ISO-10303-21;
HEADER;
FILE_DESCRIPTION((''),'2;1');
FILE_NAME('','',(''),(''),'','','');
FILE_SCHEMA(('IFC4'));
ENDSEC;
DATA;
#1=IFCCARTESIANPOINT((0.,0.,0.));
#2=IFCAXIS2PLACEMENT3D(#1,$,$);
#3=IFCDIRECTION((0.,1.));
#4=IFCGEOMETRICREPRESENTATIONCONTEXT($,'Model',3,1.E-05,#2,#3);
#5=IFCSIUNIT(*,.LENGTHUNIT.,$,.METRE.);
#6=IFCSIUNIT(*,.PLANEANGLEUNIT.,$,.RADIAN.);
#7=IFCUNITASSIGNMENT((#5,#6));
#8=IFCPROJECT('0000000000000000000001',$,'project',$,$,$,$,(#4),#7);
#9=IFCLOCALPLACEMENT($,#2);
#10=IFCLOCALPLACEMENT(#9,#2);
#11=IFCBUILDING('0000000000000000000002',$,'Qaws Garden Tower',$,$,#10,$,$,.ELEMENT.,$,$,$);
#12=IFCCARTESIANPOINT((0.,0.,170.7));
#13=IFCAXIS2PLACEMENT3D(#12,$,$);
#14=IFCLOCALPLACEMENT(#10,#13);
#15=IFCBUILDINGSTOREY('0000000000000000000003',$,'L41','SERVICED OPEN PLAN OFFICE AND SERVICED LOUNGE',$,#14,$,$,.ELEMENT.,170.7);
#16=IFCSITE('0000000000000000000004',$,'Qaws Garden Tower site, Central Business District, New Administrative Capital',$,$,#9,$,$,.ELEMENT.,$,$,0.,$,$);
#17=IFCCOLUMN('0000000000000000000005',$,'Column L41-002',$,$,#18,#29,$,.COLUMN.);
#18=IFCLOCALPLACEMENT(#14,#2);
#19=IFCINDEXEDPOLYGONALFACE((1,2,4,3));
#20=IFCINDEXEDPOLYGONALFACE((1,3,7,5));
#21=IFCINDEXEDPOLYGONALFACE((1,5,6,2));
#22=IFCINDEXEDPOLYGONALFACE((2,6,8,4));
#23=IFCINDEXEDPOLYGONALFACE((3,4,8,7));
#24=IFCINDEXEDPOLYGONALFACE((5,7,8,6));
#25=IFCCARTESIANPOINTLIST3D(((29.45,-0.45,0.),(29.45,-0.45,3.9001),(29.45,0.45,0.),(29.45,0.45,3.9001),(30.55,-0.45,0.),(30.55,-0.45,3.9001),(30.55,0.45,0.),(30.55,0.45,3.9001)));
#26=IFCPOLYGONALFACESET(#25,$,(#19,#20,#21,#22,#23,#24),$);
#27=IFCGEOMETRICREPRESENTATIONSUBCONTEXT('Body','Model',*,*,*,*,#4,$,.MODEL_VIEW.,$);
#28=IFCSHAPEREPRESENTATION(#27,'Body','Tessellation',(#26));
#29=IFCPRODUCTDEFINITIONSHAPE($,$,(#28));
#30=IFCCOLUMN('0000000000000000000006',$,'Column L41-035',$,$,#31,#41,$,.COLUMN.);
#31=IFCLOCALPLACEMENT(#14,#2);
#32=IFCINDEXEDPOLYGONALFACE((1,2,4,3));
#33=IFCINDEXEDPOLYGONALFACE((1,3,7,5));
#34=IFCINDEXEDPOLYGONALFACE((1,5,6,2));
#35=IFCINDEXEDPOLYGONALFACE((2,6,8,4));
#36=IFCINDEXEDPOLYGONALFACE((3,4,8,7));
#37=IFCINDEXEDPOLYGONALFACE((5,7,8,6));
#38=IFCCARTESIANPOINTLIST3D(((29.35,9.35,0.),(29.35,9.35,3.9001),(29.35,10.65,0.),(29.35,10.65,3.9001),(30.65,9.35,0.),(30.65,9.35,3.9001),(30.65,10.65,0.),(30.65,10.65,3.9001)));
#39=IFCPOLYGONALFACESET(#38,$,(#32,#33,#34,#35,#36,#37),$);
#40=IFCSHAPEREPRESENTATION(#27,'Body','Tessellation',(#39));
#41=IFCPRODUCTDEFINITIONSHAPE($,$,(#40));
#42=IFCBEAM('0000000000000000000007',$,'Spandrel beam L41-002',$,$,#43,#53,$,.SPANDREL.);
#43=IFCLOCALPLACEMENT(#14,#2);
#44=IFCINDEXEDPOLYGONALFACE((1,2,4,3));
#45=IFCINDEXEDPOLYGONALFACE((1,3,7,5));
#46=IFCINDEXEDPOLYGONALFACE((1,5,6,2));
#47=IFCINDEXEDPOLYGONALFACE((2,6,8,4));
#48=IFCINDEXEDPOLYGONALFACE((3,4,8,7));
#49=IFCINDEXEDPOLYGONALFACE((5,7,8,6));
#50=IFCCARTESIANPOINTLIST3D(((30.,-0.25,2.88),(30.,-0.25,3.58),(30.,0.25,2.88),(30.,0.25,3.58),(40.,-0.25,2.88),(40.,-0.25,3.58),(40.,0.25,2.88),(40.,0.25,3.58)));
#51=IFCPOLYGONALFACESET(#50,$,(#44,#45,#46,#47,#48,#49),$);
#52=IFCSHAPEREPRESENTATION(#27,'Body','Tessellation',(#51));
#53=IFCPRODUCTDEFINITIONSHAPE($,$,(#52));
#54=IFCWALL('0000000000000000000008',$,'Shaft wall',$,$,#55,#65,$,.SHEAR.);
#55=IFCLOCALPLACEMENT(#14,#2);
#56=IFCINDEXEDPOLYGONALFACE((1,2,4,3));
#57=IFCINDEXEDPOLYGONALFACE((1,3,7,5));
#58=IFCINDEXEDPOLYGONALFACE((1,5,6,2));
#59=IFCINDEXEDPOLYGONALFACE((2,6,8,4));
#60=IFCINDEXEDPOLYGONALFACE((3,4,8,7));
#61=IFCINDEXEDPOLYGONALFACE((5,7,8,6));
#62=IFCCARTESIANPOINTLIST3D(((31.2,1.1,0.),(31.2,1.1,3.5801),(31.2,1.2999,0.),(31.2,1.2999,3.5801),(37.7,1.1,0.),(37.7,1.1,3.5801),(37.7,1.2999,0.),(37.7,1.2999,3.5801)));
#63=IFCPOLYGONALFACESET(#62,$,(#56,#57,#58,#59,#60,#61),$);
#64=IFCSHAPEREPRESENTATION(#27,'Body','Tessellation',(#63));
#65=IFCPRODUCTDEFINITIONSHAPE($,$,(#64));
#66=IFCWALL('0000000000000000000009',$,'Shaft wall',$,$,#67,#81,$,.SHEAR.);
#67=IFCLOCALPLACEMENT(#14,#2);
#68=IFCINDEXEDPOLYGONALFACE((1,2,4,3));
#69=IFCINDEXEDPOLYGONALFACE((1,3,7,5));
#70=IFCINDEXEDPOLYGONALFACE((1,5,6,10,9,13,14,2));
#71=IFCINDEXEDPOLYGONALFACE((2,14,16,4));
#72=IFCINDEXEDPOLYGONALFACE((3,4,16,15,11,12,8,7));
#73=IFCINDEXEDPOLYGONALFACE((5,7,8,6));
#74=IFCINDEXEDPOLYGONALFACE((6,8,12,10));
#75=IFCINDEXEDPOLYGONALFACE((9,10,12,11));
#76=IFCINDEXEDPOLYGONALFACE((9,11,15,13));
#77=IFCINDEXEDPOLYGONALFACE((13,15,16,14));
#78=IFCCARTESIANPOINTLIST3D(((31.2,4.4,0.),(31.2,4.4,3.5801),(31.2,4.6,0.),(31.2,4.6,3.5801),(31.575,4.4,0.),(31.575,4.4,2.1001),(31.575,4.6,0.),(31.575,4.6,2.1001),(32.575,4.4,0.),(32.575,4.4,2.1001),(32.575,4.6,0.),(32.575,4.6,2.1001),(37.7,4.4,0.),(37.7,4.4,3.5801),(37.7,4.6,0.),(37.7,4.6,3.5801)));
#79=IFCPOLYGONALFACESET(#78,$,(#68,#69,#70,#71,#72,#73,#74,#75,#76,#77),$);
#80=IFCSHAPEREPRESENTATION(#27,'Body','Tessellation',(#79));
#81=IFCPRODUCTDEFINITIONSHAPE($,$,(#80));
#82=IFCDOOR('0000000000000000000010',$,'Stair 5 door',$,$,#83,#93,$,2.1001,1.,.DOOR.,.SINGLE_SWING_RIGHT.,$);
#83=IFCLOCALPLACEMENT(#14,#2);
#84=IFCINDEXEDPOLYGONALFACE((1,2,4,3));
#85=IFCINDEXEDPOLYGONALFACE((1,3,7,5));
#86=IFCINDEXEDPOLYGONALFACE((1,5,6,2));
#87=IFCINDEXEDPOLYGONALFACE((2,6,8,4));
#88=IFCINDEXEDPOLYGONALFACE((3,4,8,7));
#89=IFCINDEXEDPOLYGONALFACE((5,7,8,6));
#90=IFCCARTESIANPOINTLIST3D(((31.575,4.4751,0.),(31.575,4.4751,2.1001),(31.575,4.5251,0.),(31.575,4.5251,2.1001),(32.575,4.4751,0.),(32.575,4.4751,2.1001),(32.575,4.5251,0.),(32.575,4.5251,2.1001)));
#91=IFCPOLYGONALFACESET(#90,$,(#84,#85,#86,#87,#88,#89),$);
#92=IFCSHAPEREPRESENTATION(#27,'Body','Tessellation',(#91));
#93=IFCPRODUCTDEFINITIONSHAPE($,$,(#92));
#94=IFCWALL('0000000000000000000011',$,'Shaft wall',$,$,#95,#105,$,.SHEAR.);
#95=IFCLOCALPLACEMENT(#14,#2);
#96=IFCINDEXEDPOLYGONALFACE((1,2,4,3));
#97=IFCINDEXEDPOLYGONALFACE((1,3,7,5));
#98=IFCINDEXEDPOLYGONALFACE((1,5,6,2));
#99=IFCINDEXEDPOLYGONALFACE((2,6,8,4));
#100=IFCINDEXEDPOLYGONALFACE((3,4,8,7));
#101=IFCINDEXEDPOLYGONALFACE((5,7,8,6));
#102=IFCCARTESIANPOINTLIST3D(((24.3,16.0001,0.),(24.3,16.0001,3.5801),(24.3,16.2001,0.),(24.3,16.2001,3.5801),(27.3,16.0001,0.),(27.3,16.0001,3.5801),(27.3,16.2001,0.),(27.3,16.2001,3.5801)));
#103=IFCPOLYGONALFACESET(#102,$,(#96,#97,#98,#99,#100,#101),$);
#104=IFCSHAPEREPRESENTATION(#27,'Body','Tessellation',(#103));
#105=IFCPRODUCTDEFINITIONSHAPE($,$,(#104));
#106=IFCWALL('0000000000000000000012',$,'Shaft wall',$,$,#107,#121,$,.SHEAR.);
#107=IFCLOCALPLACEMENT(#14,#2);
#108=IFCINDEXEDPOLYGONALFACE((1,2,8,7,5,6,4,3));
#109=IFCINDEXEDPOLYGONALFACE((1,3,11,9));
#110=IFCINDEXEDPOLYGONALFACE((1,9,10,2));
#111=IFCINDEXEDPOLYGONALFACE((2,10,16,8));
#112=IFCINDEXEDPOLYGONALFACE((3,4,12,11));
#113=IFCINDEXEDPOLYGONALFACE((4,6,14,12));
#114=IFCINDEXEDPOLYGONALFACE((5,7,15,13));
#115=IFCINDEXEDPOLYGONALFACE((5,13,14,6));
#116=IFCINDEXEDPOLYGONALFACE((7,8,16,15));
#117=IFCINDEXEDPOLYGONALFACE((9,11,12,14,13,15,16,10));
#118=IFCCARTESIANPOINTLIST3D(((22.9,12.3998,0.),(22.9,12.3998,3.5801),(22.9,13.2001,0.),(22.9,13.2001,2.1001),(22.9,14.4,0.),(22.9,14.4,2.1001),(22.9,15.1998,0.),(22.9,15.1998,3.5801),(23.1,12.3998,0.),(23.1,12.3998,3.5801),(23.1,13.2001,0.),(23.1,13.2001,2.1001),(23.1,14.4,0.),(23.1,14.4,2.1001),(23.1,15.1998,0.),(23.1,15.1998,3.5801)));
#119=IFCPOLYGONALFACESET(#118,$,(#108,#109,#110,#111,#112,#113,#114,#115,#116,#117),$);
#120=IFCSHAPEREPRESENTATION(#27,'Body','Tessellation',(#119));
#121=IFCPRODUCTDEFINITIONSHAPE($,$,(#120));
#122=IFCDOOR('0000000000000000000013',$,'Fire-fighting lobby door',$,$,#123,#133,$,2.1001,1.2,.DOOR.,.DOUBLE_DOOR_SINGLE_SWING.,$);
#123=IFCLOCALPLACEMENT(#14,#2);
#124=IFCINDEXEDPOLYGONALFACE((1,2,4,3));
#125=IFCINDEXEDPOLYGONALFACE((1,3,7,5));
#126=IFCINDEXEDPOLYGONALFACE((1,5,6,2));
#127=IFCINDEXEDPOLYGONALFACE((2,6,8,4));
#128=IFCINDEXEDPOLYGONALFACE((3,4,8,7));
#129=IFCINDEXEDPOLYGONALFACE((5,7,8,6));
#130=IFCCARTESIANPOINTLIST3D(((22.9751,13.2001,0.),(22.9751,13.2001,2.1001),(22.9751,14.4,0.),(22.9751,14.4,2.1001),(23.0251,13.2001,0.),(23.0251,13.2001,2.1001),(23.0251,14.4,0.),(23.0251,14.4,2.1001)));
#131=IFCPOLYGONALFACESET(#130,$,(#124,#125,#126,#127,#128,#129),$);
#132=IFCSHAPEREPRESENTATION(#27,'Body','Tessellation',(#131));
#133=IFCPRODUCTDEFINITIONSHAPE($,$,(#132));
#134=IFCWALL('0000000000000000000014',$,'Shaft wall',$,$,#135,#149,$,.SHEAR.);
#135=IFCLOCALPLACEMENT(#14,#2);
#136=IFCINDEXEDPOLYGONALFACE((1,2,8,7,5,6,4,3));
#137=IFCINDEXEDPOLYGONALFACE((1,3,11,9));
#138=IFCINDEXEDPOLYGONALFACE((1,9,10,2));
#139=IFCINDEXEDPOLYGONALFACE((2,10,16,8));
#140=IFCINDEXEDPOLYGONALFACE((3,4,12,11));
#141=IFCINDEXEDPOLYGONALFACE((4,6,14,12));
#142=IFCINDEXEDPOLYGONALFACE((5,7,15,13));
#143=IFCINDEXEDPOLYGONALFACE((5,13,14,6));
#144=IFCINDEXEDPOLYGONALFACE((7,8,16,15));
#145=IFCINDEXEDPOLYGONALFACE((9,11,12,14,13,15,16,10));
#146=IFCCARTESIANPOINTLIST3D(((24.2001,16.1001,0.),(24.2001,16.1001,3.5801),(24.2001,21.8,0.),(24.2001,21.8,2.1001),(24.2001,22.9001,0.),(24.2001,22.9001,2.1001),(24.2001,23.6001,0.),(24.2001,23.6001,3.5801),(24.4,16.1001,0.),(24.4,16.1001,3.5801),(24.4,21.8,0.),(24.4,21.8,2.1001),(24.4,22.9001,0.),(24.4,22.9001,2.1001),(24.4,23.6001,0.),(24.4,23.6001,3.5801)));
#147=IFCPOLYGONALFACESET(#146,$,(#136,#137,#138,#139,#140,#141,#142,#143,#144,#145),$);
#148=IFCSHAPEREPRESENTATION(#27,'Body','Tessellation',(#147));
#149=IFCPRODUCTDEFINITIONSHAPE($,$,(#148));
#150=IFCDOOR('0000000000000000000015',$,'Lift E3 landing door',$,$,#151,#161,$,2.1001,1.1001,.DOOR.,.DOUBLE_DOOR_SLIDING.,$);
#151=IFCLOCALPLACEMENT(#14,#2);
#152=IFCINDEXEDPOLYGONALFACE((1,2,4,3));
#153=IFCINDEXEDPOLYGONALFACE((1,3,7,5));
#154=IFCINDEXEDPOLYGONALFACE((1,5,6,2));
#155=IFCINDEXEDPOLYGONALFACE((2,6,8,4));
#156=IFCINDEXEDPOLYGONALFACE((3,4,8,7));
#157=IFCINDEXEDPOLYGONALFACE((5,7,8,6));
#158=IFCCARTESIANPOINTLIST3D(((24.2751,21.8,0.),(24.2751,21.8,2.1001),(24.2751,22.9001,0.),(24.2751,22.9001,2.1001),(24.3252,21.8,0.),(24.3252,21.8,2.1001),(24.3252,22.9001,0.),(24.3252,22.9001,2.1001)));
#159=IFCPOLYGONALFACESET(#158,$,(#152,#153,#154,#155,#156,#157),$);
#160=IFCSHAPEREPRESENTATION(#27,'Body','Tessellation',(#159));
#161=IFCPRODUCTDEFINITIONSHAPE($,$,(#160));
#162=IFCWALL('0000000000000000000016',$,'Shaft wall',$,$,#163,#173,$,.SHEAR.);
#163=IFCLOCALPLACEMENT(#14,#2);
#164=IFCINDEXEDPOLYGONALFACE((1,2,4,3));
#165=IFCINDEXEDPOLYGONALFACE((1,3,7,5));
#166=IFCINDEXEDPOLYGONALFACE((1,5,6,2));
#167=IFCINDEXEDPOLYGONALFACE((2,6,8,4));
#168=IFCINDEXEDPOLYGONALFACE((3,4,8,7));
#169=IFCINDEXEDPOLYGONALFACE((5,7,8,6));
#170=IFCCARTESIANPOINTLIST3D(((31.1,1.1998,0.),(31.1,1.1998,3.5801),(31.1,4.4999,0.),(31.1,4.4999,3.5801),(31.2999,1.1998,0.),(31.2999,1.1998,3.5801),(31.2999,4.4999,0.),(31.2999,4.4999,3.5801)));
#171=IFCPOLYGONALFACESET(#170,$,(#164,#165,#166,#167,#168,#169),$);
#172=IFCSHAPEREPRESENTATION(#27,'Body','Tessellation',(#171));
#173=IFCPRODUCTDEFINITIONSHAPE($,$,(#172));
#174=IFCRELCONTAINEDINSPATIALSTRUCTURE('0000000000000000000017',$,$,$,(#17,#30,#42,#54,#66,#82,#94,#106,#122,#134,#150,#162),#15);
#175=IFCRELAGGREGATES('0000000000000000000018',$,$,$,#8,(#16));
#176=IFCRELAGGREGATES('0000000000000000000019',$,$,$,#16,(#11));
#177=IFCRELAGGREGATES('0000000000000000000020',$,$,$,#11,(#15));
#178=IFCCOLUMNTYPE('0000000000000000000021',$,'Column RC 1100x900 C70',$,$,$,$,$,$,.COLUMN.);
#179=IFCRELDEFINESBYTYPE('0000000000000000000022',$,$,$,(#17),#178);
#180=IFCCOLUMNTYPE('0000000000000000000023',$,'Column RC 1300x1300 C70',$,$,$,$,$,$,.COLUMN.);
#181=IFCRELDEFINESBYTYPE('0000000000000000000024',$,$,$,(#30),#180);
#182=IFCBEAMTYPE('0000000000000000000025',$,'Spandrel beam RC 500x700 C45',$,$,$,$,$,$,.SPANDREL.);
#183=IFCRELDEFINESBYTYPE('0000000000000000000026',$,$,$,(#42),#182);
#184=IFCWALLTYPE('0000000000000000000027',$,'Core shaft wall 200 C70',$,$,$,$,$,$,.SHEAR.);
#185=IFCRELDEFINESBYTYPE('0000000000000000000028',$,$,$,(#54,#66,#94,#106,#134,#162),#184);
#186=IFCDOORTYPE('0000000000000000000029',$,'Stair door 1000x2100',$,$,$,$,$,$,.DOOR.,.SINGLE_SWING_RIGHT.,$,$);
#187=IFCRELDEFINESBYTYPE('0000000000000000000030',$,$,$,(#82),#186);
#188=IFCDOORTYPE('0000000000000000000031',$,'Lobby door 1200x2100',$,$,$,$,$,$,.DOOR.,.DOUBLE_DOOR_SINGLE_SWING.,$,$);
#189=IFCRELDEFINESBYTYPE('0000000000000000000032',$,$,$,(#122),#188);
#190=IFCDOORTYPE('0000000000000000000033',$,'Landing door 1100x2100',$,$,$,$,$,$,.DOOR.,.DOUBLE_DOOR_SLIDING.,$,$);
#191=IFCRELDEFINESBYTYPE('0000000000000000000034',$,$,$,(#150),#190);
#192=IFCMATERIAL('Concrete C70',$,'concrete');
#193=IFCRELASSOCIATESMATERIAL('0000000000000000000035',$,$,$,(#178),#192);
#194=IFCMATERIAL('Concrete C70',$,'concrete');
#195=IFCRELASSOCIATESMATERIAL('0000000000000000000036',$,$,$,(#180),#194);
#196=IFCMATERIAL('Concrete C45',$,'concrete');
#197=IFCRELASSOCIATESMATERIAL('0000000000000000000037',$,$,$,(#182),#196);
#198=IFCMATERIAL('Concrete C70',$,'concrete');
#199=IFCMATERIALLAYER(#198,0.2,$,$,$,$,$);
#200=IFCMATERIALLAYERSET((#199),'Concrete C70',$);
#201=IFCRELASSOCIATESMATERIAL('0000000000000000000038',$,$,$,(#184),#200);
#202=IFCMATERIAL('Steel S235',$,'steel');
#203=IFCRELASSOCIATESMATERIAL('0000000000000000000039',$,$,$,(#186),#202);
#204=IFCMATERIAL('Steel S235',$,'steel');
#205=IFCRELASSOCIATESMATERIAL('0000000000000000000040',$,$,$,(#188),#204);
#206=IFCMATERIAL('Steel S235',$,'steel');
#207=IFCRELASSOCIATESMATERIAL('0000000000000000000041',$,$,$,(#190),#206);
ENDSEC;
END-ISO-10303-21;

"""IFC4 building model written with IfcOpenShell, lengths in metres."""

from ifc_helpers import new_model, si_unit, direction, frame, frame_2d, origin, origin_2d, place, context, subcontext, project, spatial, rectangle, extrude, material, layer, layer_set, material_profile, profile_set, type_object, element, fill, save


model = new_model("IFC4")

# Units and contexts
model_context = context("Model", 3, precision=1e-05, world=origin(), true_north=direction((0.0, 1.0)))
body_context = subcontext(model_context, "Body", "Model", "MODEL_VIEW")
ifc_project = project(units=[si_unit("LENGTHUNIT", "METRE"), si_unit("PLANEANGLEUNIT", "RADIAN")], contexts=[model_context])

# Site, building, storey
site_placement = place(None, origin())
site = spatial("IfcSite", under=ifc_project, at=site_placement, Name="Qaws Garden Tower site, Central Business District, New Administrative Capital", CompositionType="ELEMENT", RefElevation=0.0)
building_placement = place(site_placement, origin())
building = spatial("IfcBuilding", under=site, at=building_placement, Name="Qaws Garden Tower", CompositionType="ELEMENT")
storey_placement = place(building_placement, frame((0.0, 0.0, 170.7)))
storey = spatial("IfcBuildingStorey", under=building, at=storey_placement, Name="L41", Description="SERVICED OPEN PLAN OFFICE AND SERVICED LOUNGE", CompositionType="ELEMENT", Elevation=170.7)

# Columns
ifc_material_1 = material(Name="Concrete C70", Category="concrete")
ifc_material_profile_1 = material_profile(ifc_material_1, rectangle(XDim=1.1001, YDim=0.8999, at=origin_2d()), Name="RC 1100x900")
ifc_profile_set_1 = profile_set([ifc_material_profile_1], Name="Concrete C70")
column_type_1 = type_object("IfcColumnType", Name="Column RC 1100x900 C70", PredefinedType="COLUMN", material=ifc_profile_set_1)
column_1_placement = place(storey_placement, frame((30.0, 0.0, 0.0), z_axis=(0.0, 0.0, 1.0), x_axis=(1.0, 0.0, 0.0)))
element("IfcColumn", 1, at=column_1_placement, inside=storey, type_object=column_type_1, Name="Column L41-002", PredefinedType="COLUMN", context=body_context, shape_type="SweptSolid", body=[
    extrude(rectangle(XDim=1.1001, YDim=0.8999, at=origin_2d()), origin(), (0.0, 0.0, 1.0), 3.9001),
])
ifc_material_2 = material(Name="Concrete C70", Category="concrete")
ifc_material_profile_2 = material_profile(ifc_material_2, rectangle(XDim=1.3, YDim=1.3, at=origin_2d()), Name="RC 1300x1300")
ifc_profile_set_2 = profile_set([ifc_material_profile_2], Name="Concrete C70")
column_type_2 = type_object("IfcColumnType", Name="Column RC 1300x1300 C70", PredefinedType="COLUMN", material=ifc_profile_set_2)
column_2_placement = place(storey_placement, frame((30.0, 10.0, 0.0), z_axis=(0.0, 0.0, 1.0), x_axis=(1.0, 0.0, 0.0)))
element("IfcColumn", 2, at=column_2_placement, inside=storey, type_object=column_type_2, Name="Column L41-035", PredefinedType="COLUMN", context=body_context, shape_type="SweptSolid", body=[
    extrude(rectangle(XDim=1.3, YDim=1.3, at=origin_2d()), origin(), (0.0, 0.0, 1.0), 3.9001),
])

# Beam
ifc_material_3 = material(Name="Concrete C45", Category="concrete")
ifc_material_profile_3 = material_profile(ifc_material_3, rectangle(XDim=0.5, YDim=0.7, at=origin_2d()), Name="RC 500x700")
ifc_profile_set_3 = profile_set([ifc_material_profile_3], Name="Concrete C45")
beam_type = type_object("IfcBeamType", Name="Spandrel beam RC 500x700 C45", PredefinedType="SPANDREL", material=ifc_profile_set_3)
beam_placement = place(storey_placement, frame((30.0, 0.0, 3.23), z_axis=(1.0, 0.0, 0.0), x_axis=(0.0, 1.0, 0.0)))
element("IfcBeam", 3, at=beam_placement, inside=storey, type_object=beam_type, Name="Spandrel beam L41-002", PredefinedType="SPANDREL", context=body_context, shape_type="SweptSolid", body=[
    extrude(rectangle(XDim=0.5, YDim=0.7, at=origin_2d()), origin(), (0.0, 0.0, 1.0), 10.0),
])

# Wall
ifc_material_4 = material(Name="Concrete C70", Category="concrete")
ifc_layer_1 = layer(ifc_material_4, 0.2)
ifc_layer_set_1 = layer_set([ifc_layer_1], Name="Concrete C70")
wall_type_1 = type_object("IfcWallType", Name="Core shaft wall 200 C70", PredefinedType="SHEAR", material=ifc_layer_set_1)
wall_1_placement = place(storey_placement, frame((31.2, 1.2, 0.0), z_axis=(0.0, 0.0, 1.0), x_axis=(1.0, 0.0, 0.0)))
element("IfcWall", 4, at=wall_1_placement, inside=storey, type_object=wall_type_1, Name="Shaft wall", PredefinedType="SHEAR", context=body_context, shape_type="SweptSolid", body=[
    extrude(rectangle(XDim=6.5, YDim=0.2, at=frame_2d((3.25, 0.0))), origin(), (0.0, 0.0, 1.0), 3.5801),
])

# Wall, opening, door
wall_2_placement = place(storey_placement, frame((31.2, 4.5, 0.0), z_axis=(0.0, 0.0, 1.0), x_axis=(1.0, 0.0, 0.0)))
wall_2 = element("IfcWall", 5, at=wall_2_placement, inside=storey, type_object=wall_type_1, Name="Shaft wall", PredefinedType="SHEAR", context=body_context, shape_type="SweptSolid", body=[
    extrude(rectangle(XDim=6.5, YDim=0.2, at=frame_2d((3.25, 0.0))), origin(), (0.0, 0.0, 1.0), 3.5801),
])
opening_1_placement = place(wall_2_placement, frame((0.375, 0.0, 0.0)))
opening_1 = element("IfcOpeningElement", 6, at=opening_1_placement, cuts=wall_2, PredefinedType="OPENING", context=body_context, shape_type="SweptSolid", body=[
    extrude(rectangle(XDim=1.0, YDim=2.1001, at=frame_2d((0.5, 1.05))), frame((0.0, 0.1099, 0.0), z_axis=(0.0, -1.0, 0.0), x_axis=(1.0, 0.0, 0.0)), (0.0, 0.0, 1.0), 0.22),
])
ifc_material_5 = material(Name="Steel S235", Category="steel")
door_type_1 = type_object("IfcDoorType", Name="Stair door 1000x2100", OperationType="SINGLE_SWING_RIGHT", PredefinedType="DOOR", material=ifc_material_5)
door_1_placement = place(opening_1_placement, frame((1.0, 0.0, 0.0), z_axis=(0.0, 0.0, 1.0), x_axis=(-1.0, 0.0, 0.0)))
door_1 = element("IfcDoor", 7, at=door_1_placement, inside=storey, type_object=door_type_1, Name="Stair 5 door", OperationType="SINGLE_SWING_RIGHT", OverallHeight=2.1001, OverallWidth=1.0, PredefinedType="DOOR", context=body_context, shape_type="SweptSolid", body=[
    extrude(rectangle(XDim=1.0, YDim=2.1001, at=frame_2d((0.5, 1.05))), frame((0.0, 0.0249, 0.0), z_axis=(0.0, -1.0, 0.0), x_axis=(1.0, 0.0, 0.0)), (0.0, 0.0, 1.0), 0.05),
])
fill(opening_1, door_1)

# Wall
wall_3_placement = place(storey_placement, frame((24.3, 16.1001, 0.0), z_axis=(0.0, 0.0, 1.0), x_axis=(1.0, 0.0, 0.0)))
element("IfcWall", 8, at=wall_3_placement, inside=storey, type_object=wall_type_1, Name="Shaft wall", PredefinedType="SHEAR", context=body_context, shape_type="SweptSolid", body=[
    extrude(rectangle(XDim=3.0, YDim=0.2, at=frame_2d((1.5, 0.0))), origin(), (0.0, 0.0, 1.0), 3.5801),
])

# Walls, openings, doors
wall_4_placement = place(storey_placement, frame((23.0, 12.3999, 0.0), z_axis=(0.0, 0.0, 1.0), x_axis=(0.0, 1.0, 0.0)))
wall_4 = element("IfcWall", 9, at=wall_4_placement, inside=storey, type_object=wall_type_1, Name="Shaft wall", PredefinedType="SHEAR", context=body_context, shape_type="SweptSolid", body=[
    extrude(rectangle(XDim=2.8, YDim=0.2, at=frame_2d((1.3999, 0.0))), origin(), (0.0, 0.0, 1.0), 3.5801),
])
opening_2_placement = place(wall_4_placement, frame((0.8, 0.0, 0.0)))
opening_2 = element("IfcOpeningElement", 10, at=opening_2_placement, cuts=wall_4, PredefinedType="OPENING", context=body_context, shape_type="SweptSolid", body=[
    extrude(rectangle(XDim=1.2, YDim=2.1001, at=frame_2d((0.6001, 1.05))), frame((0.0, 0.1099, 0.0), z_axis=(0.0, -1.0, 0.0), x_axis=(1.0, 0.0, 0.0)), (0.0, 0.0, 1.0), 0.22),
])
ifc_material_6 = material(Name="Steel S235", Category="steel")
door_type_2 = type_object("IfcDoorType", Name="Lobby door 1200x2100", OperationType="DOUBLE_DOOR_SINGLE_SWING", PredefinedType="DOOR", material=ifc_material_6)
door_2_placement = place(opening_2_placement, origin())
door_2 = element("IfcDoor", 11, at=door_2_placement, inside=storey, type_object=door_type_2, Name="Fire-fighting lobby door", OperationType="DOUBLE_DOOR_SINGLE_SWING", OverallHeight=2.1001, OverallWidth=1.2, PredefinedType="DOOR", context=body_context, shape_type="SweptSolid", body=[
    extrude(rectangle(XDim=1.2, YDim=2.1001, at=frame_2d((0.6001, 1.05))), frame((0.0, 0.0249, 0.0), z_axis=(0.0, -1.0, 0.0), x_axis=(1.0, 0.0, 0.0)), (0.0, 0.0, 1.0), 0.05),
])
fill(opening_2, door_2)
wall_5_placement = place(storey_placement, frame((24.3, 16.1001, 0.0), z_axis=(0.0, 0.0, 1.0), x_axis=(0.0, 1.0, 0.0)))
wall_5 = element("IfcWall", 12, at=wall_5_placement, inside=storey, type_object=wall_type_1, Name="Shaft wall", PredefinedType="SHEAR", context=body_context, shape_type="SweptSolid", body=[
    extrude(rectangle(XDim=7.5, YDim=0.2, at=frame_2d((3.75, 0.0))), origin(), (0.0, 0.0, 1.0), 3.5801),
])
opening_3_placement = place(wall_5_placement, frame((5.7, 0.0, 0.0)))
opening_3 = element("IfcOpeningElement", 13, at=opening_3_placement, cuts=wall_5, PredefinedType="OPENING", context=body_context, shape_type="SweptSolid", body=[
    extrude(rectangle(XDim=1.1001, YDim=2.1001, at=frame_2d((0.55, 1.05))), frame((0.0, 0.1099, 0.0), z_axis=(0.0, -1.0, 0.0), x_axis=(1.0, 0.0, 0.0)), (0.0, 0.0, 1.0), 0.22),
])
ifc_material_7 = material(Name="Steel S235", Category="steel")
door_type_3 = type_object("IfcDoorType", Name="Landing door 1100x2100", OperationType="DOUBLE_DOOR_SLIDING", PredefinedType="DOOR", material=ifc_material_7)
door_3_placement = place(opening_3_placement, origin())
door_3 = element("IfcDoor", 14, at=door_3_placement, inside=storey, type_object=door_type_3, Name="Lift E3 landing door", OperationType="DOUBLE_DOOR_SLIDING", OverallHeight=2.1001, OverallWidth=1.1001, PredefinedType="DOOR", context=body_context, shape_type="SweptSolid", body=[
    extrude(rectangle(XDim=1.1001, YDim=2.1001, at=frame_2d((0.55, 1.05))), frame((0.0, 0.0249, 0.0), z_axis=(0.0, -1.0, 0.0), x_axis=(1.0, 0.0, 0.0)), (0.0, 0.0, 1.0), 0.05),
])
fill(opening_3, door_3)

# Wall
wall_6_placement = place(storey_placement, frame((31.2, 1.2, 0.0), z_axis=(0.0, 0.0, 1.0), x_axis=(0.0, 1.0, 0.0)))
element("IfcWall", 15, at=wall_6_placement, inside=storey, type_object=wall_type_1, Name="Shaft wall", PredefinedType="SHEAR", context=body_context, shape_type="SweptSolid", body=[
    extrude(rectangle(XDim=3.3, YDim=0.2, at=frame_2d((1.6499, 0.0))), origin(), (0.0, 0.0, 1.0), 3.5801),
])

save(model, "model.ifc")
